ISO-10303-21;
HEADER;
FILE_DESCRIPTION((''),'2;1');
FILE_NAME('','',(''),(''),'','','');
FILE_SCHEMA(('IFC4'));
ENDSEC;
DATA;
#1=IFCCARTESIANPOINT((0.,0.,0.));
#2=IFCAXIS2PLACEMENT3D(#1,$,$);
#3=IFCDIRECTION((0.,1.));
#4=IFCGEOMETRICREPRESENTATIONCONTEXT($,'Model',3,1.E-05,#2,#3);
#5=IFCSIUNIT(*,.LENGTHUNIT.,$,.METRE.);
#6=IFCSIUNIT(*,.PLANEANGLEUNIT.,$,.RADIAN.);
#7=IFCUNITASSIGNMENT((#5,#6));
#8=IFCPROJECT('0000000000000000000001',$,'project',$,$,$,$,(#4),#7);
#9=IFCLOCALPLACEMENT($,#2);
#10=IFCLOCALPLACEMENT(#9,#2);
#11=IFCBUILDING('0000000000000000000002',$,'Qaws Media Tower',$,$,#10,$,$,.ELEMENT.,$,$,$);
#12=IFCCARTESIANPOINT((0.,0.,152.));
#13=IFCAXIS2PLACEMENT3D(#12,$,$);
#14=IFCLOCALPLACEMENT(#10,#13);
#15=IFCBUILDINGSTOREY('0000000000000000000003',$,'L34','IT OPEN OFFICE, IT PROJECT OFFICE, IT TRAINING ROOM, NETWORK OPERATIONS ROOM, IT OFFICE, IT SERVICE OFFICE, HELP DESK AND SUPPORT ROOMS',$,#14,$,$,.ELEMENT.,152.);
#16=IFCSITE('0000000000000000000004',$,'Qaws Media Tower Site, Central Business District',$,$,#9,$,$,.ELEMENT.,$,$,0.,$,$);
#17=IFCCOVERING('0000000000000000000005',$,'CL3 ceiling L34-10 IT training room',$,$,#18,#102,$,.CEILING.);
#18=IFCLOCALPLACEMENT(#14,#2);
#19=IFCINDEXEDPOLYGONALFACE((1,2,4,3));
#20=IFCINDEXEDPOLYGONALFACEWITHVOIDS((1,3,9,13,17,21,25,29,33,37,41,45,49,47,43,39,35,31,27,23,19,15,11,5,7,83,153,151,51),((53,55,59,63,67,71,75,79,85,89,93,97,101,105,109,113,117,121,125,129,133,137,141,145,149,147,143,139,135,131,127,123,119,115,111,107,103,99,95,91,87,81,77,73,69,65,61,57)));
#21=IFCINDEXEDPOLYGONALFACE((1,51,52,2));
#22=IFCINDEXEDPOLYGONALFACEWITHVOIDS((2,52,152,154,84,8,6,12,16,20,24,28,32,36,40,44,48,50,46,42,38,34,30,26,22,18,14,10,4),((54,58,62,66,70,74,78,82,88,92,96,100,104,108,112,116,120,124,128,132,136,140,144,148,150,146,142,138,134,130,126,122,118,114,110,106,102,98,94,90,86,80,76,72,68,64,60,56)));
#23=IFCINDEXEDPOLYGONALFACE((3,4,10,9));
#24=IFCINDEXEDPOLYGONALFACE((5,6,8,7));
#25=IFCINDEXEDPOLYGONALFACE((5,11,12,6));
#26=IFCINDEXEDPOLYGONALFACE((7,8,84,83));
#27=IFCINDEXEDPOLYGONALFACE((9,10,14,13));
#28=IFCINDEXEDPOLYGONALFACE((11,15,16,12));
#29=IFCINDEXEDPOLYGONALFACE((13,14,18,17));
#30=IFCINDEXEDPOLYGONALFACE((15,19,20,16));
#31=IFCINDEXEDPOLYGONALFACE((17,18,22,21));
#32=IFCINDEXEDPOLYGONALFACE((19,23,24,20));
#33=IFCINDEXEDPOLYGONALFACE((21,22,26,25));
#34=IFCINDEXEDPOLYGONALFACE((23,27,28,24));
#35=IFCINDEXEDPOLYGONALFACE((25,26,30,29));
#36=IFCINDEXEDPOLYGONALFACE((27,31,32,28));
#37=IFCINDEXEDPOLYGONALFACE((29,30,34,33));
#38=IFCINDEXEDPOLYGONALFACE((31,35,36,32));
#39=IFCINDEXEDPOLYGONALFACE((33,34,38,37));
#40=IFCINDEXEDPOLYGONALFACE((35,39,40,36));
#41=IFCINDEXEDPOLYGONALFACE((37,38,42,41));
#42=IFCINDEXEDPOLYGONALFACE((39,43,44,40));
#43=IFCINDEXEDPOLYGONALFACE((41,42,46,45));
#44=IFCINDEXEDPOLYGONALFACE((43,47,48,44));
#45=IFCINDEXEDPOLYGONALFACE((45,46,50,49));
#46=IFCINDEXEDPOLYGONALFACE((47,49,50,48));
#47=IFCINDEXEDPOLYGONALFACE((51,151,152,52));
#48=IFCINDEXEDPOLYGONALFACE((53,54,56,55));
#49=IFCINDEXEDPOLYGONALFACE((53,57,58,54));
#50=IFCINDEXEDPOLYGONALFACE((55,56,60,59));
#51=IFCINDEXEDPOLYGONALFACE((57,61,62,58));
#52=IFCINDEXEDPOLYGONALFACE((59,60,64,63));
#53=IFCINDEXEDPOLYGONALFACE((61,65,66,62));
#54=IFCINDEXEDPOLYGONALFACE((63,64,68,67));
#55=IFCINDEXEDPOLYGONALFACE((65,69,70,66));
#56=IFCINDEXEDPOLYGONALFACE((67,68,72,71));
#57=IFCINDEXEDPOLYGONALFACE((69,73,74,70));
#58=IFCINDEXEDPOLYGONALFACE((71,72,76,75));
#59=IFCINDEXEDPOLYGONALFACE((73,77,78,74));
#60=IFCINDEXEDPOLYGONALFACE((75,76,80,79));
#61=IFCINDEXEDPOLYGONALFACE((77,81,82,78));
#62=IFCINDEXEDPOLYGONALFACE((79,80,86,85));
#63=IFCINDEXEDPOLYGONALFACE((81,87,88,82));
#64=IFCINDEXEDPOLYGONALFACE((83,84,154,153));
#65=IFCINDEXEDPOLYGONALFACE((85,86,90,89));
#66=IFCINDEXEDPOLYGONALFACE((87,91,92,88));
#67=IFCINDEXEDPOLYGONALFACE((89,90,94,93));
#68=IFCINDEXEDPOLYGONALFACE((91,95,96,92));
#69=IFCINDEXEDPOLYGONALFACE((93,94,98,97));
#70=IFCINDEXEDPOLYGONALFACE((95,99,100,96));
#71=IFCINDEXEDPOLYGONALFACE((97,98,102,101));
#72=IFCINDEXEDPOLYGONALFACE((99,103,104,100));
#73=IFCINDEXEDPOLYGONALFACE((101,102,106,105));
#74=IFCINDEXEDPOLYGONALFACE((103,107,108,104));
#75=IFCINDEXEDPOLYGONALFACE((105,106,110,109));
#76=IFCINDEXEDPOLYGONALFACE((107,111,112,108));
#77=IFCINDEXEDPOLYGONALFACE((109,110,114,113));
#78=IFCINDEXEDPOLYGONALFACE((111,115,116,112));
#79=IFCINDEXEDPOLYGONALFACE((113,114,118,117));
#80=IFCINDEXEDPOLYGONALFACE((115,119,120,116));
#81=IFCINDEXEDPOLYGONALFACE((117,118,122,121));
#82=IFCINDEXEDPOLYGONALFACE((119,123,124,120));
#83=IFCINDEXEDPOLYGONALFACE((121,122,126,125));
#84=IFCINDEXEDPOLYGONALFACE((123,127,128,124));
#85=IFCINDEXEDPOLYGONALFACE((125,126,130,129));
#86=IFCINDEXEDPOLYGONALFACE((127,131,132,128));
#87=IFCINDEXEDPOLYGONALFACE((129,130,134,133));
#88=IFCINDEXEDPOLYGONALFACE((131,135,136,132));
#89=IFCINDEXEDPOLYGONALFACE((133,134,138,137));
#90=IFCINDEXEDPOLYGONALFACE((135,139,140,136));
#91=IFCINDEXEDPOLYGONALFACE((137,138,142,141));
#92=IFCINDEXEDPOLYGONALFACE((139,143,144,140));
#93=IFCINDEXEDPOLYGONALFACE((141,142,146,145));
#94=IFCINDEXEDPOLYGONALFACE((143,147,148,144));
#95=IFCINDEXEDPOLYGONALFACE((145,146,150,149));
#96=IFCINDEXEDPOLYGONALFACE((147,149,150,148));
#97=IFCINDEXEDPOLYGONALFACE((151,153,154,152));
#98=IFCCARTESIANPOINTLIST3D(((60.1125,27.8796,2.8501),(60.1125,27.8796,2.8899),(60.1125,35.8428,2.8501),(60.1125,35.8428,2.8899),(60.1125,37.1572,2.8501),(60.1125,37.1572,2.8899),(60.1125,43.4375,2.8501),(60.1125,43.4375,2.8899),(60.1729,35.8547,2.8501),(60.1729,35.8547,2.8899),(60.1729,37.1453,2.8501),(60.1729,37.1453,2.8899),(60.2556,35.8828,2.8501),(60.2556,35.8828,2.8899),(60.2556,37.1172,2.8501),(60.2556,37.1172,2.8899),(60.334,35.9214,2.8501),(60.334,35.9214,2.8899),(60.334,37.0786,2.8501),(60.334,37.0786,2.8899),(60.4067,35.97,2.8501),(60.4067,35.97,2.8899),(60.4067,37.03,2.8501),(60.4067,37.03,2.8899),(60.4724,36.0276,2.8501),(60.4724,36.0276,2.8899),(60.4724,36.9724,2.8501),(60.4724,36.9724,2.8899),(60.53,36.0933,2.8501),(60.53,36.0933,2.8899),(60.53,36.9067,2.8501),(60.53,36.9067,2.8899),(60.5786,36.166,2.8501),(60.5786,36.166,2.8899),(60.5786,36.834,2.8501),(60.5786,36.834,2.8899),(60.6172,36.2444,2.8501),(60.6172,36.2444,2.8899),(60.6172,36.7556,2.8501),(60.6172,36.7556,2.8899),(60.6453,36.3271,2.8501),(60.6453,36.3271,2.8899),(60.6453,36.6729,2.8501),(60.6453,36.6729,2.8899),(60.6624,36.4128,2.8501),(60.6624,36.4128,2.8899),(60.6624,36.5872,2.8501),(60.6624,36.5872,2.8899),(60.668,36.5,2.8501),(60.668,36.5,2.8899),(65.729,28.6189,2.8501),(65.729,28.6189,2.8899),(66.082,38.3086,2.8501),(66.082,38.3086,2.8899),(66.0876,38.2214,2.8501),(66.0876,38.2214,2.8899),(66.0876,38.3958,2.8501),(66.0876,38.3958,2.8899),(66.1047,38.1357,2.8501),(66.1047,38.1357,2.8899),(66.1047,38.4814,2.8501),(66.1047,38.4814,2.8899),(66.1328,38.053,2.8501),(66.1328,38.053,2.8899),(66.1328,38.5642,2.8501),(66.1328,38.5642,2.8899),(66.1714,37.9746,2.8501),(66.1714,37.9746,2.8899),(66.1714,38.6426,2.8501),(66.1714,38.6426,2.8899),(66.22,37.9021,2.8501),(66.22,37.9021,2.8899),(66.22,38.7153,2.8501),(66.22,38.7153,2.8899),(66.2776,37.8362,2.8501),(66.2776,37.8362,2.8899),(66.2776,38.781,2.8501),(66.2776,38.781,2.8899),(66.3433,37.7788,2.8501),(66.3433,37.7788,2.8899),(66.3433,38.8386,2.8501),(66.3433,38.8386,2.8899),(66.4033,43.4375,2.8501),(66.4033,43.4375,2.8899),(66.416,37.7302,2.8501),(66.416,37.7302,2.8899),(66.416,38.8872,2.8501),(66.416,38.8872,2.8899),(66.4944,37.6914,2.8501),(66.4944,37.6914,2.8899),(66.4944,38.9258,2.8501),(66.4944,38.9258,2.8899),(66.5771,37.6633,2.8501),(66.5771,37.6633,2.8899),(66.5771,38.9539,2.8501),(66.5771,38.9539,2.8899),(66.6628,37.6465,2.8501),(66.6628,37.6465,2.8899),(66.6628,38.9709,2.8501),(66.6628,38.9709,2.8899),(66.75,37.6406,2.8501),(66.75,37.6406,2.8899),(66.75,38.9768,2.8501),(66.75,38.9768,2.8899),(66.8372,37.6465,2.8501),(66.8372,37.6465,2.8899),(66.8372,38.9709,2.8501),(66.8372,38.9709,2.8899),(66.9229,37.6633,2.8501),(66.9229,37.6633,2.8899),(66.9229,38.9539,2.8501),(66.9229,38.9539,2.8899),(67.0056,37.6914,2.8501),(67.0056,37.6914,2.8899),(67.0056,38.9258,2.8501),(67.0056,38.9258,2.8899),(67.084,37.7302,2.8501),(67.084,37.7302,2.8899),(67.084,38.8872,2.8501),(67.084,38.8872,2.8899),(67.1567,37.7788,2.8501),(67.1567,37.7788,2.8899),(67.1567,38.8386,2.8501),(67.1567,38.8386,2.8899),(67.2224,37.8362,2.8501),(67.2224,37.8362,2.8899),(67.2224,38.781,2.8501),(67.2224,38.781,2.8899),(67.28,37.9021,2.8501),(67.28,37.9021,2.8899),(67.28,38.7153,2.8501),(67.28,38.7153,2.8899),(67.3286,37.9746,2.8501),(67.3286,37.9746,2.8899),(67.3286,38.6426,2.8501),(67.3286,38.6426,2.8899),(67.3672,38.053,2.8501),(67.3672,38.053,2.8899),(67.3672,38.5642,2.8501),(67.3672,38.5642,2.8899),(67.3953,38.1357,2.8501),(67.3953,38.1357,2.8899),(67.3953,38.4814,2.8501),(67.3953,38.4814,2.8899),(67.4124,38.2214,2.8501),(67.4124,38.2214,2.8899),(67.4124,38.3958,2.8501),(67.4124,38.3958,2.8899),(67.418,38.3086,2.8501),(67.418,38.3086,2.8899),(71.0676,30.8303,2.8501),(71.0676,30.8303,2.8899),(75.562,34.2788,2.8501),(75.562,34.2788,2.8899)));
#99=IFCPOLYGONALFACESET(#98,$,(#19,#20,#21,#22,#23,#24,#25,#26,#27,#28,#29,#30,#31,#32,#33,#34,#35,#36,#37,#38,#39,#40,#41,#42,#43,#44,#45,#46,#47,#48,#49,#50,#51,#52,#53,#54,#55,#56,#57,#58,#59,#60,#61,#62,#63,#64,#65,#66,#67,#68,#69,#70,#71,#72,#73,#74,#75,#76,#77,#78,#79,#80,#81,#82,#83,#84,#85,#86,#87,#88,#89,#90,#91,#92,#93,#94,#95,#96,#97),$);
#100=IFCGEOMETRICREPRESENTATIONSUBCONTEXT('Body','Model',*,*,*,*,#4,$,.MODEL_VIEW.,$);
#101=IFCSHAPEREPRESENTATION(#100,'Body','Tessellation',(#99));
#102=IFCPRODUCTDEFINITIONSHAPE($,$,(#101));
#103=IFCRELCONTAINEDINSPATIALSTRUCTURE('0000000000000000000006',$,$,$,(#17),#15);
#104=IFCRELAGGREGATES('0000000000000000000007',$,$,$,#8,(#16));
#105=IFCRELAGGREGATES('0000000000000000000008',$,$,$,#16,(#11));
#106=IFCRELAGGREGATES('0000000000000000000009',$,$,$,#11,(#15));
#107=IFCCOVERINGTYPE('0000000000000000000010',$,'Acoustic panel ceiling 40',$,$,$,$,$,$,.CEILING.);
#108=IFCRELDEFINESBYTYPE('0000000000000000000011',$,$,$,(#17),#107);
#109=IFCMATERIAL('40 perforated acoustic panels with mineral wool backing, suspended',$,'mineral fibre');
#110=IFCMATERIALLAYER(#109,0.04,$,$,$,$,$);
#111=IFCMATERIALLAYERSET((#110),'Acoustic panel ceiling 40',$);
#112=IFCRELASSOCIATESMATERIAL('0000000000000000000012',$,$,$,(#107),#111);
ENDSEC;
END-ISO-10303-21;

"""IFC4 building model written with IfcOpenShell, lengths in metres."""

from ifc_helpers import new_model, si_unit, direction, frame, origin, place, context, subcontext, project, spatial, polyline, outline, extrude, material, layer, layer_set, type_object, element, save


model = new_model("IFC4")

# Units and contexts
model_context = context("Model", 3, precision=1e-05, world=origin(), true_north=direction((0.0, 1.0)))
body_context = subcontext(model_context, "Body", "Model", "MODEL_VIEW")
ifc_project = project(units=[si_unit("LENGTHUNIT", "METRE"), si_unit("PLANEANGLEUNIT", "RADIAN")], contexts=[model_context])

# Site, building, storey
site_placement = place(None, origin())
site = spatial("IfcSite", under=ifc_project, at=site_placement, Name="Qaws Media Tower Site, Central Business District", CompositionType="ELEMENT", RefElevation=0.0)
building_placement = place(site_placement, origin())
building = spatial("IfcBuilding", under=site, at=building_placement, Name="Qaws Media Tower", CompositionType="ELEMENT")
storey_placement = place(building_placement, frame((0.0, 0.0, 152.0)))
storey = spatial("IfcBuildingStorey", under=building, at=storey_placement, Name="L34", Description="IT OPEN OFFICE, IT PROJECT OFFICE, IT TRAINING ROOM, NETWORK OPERATIONS ROOM, IT OFFICE, IT SERVICE OFFICE, HELP DESK AND SUPPORT ROOMS", CompositionType="ELEMENT", Elevation=152.0)

# Covering
ifc_material_1 = material(Name="40 perforated acoustic panels with mineral wool backing, suspended", Category="mineral fibre")
ifc_layer_1 = layer(ifc_material_1, 0.04)
ifc_layer_set_1 = layer_set([ifc_layer_1], Name="Acoustic panel ceiling 40")
covering_type_1 = type_object("IfcCoveringType", Name="Acoustic panel ceiling 40", PredefinedType="CEILING", material=ifc_layer_set_1)
covering_1_placement = place(storey_placement, frame((0.0, 0.0, 2.8501)))
element("IfcCovering", 1, at=covering_1_placement, inside=storey, type_object=covering_type_1, Name="CL3 ceiling L34-10 IT training room", PredefinedType="CEILING", context=body_context, shape_type="SweptSolid", body=[
    extrude(outline(polyline([(71.0676, 30.8303), (65.729, 28.6189), (60.1125, 27.8796), (60.1125, 35.8428), (60.1729, 35.8547), (60.2556, 35.8828), (60.334, 35.9214), (60.4067, 35.97), (60.4724, 36.0276), (60.53, 36.0933), (60.5786, 36.166), (60.6172, 36.2444), (60.6453, 36.3271), (60.6624, 36.4128), (60.668, 36.5), (60.6624, 36.5872), (60.6453, 36.6729), (60.6172, 36.7556), (60.5786, 36.834), (60.53, 36.9067), (60.4724, 36.9724), (60.4067, 37.03), (60.334, 37.0786), (60.2556, 37.1172), (60.1729, 37.1453), (60.1125, 37.1572), (60.1125, 43.4375), (66.4033, 43.4375), (75.562, 34.2788), (71.0676, 30.8303)]), holes=[polyline([(67.3672, 38.053), (67.3953, 38.1357), (67.4124, 38.2214), (67.418, 38.3086), (67.4124, 38.3958), (67.3953, 38.4814), (67.3672, 38.5642), (67.3286, 38.6426), (67.28, 38.7153), (67.2224, 38.781), (67.1567, 38.8386), (67.084, 38.8872), (67.0056, 38.9258), (66.9229, 38.9539), (66.8372, 38.9709), (66.75, 38.9768), (66.6628, 38.9709), (66.5771, 38.9539), (66.4944, 38.9258), (66.416, 38.8872), (66.3433, 38.8386), (66.2776, 38.781), (66.22, 38.7153), (66.1714, 38.6426), (66.1328, 38.5642), (66.1047, 38.4814), (66.0876, 38.3958), (66.082, 38.3086), (66.0876, 38.2214), (66.1047, 38.1357), (66.1328, 38.053), (66.1714, 37.9746), (66.22, 37.9021), (66.2776, 37.8362), (66.3433, 37.7788), (66.416, 37.7302), (66.4944, 37.6914), (66.5771, 37.6633), (66.6628, 37.6465), (66.75, 37.6406), (66.8372, 37.6465), (66.9229, 37.6633), (67.0056, 37.6914), (67.084, 37.7302), (67.1567, 37.7788), (67.2224, 37.8362), (67.28, 37.9021), (67.3286, 37.9746), (67.3672, 38.053)])]), origin(), (0.0, 0.0, 1.0), 0.0398),
])

save(model, "model.ifc")
